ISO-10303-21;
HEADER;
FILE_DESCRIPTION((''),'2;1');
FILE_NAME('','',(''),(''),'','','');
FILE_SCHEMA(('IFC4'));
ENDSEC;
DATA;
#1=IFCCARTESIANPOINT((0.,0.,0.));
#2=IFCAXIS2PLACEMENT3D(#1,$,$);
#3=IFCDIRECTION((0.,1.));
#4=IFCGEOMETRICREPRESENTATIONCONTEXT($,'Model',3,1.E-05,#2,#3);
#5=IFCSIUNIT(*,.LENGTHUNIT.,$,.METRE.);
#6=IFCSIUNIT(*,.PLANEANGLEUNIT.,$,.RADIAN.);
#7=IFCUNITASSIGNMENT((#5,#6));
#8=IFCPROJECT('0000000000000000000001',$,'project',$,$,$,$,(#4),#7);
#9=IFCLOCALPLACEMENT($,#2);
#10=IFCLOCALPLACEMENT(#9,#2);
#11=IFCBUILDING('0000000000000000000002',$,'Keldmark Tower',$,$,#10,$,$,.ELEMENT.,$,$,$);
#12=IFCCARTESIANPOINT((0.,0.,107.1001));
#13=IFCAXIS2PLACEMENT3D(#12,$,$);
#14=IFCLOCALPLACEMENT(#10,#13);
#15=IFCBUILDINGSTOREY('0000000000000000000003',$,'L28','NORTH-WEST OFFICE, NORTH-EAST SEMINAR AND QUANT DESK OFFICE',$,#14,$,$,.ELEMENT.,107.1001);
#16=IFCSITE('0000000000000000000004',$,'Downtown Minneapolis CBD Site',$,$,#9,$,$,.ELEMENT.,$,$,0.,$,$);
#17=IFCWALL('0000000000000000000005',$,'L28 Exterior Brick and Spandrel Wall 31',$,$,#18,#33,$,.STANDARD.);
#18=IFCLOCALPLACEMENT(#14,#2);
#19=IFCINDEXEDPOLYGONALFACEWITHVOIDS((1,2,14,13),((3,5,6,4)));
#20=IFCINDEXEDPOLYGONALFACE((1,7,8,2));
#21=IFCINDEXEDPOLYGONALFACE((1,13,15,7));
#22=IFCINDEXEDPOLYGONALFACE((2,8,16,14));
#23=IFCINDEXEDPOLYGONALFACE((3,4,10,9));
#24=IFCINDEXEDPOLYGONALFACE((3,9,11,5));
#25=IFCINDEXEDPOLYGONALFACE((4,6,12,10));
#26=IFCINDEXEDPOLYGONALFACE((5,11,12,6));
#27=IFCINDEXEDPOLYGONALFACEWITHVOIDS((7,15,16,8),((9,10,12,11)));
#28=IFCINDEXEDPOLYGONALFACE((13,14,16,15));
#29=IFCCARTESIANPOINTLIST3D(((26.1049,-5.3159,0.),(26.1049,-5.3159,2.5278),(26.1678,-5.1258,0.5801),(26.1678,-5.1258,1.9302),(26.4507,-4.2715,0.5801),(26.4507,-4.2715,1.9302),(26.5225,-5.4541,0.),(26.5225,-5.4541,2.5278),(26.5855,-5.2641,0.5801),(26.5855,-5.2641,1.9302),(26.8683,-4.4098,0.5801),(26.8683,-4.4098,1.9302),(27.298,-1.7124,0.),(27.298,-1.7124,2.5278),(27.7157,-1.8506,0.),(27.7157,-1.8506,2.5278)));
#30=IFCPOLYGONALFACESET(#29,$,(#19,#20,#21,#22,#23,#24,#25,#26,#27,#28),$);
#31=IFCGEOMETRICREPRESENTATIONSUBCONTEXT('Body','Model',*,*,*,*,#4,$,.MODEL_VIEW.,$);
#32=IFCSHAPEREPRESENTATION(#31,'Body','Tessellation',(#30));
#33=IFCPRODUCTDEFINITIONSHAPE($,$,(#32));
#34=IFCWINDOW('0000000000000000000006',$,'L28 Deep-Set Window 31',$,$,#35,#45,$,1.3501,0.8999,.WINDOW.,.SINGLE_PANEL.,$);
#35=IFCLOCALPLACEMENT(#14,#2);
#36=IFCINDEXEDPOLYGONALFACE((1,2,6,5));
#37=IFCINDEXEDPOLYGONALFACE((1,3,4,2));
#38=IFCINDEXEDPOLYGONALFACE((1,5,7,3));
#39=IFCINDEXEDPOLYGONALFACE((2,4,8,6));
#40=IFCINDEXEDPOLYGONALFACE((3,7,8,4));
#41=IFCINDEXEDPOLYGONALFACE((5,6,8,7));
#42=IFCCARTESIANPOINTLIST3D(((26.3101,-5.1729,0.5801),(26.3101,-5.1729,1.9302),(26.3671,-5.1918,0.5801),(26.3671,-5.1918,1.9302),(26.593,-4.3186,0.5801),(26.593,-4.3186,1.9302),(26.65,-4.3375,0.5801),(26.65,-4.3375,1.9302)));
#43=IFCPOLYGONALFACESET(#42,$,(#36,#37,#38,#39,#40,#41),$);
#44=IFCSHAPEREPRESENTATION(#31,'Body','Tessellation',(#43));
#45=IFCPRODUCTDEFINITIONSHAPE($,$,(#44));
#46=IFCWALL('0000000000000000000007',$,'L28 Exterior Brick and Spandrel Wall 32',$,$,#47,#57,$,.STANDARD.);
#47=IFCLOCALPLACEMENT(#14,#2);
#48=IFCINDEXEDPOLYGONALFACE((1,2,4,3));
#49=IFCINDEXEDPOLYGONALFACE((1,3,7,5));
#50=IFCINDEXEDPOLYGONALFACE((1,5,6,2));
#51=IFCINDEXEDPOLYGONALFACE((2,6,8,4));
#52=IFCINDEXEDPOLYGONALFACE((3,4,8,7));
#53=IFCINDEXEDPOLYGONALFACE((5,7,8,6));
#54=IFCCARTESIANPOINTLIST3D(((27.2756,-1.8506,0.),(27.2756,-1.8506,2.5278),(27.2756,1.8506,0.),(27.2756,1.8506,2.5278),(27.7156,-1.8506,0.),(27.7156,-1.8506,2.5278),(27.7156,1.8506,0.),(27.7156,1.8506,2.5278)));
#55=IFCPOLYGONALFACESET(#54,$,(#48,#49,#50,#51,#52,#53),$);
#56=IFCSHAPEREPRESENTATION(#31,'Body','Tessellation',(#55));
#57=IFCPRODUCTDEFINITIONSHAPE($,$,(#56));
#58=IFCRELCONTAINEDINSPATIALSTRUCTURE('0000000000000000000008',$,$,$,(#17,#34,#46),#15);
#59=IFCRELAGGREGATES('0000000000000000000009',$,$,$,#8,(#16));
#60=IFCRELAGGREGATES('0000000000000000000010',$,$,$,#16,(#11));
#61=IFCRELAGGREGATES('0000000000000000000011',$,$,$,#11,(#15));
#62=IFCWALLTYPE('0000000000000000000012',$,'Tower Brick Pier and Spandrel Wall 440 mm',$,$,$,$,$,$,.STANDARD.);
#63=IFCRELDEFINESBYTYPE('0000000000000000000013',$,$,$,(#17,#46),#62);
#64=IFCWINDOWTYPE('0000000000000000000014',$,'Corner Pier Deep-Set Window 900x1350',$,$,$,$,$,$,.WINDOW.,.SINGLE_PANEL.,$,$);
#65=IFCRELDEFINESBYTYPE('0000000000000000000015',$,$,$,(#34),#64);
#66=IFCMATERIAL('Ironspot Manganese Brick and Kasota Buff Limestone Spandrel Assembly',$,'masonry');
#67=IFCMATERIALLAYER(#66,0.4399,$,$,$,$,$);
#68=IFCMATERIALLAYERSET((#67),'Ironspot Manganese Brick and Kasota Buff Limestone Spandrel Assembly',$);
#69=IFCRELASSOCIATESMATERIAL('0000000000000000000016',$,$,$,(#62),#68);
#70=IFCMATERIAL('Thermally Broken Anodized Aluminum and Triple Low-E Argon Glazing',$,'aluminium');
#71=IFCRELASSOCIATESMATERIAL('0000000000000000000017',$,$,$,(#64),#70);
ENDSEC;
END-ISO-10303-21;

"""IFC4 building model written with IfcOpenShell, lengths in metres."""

from ifc_helpers import new_model, si_unit, direction, frame, frame_2d, origin, place, context, subcontext, project, spatial, rectangle, extrude, material, layer, layer_set, type_object, element, fill, save


model = new_model("IFC4")

# Units and contexts
model_context = context("Model", 3, precision=1e-05, world=origin(), true_north=direction((0.0, 1.0)))
body_context = subcontext(model_context, "Body", "Model", "MODEL_VIEW")
ifc_project = project(units=[si_unit("LENGTHUNIT", "METRE"), si_unit("PLANEANGLEUNIT", "RADIAN")], contexts=[model_context])

# Site, building, storey
site_placement = place(None, origin())
site = spatial("IfcSite", under=ifc_project, at=site_placement, Name="Downtown Minneapolis CBD Site", CompositionType="ELEMENT", RefElevation=0.0)
building_placement = place(site_placement, origin())
building = spatial("IfcBuilding", under=site, at=building_placement, Name="Keldmark Tower", CompositionType="ELEMENT")
storey_placement = place(building_placement, frame((0.0, 0.0, 107.1001)))
storey = spatial("IfcBuildingStorey", under=building, at=storey_placement, Name="L28", Description="NORTH-WEST OFFICE, NORTH-EAST SEMINAR AND QUANT DESK OFFICE", CompositionType="ELEMENT", Elevation=107.1001)

# Wall, opening, window
ifc_material_1 = material(Name="Ironspot Manganese Brick and Kasota Buff Limestone Spandrel Assembly", Category="masonry")
ifc_layer_1 = layer(ifc_material_1, 0.4399)
ifc_layer_set_1 = layer_set([ifc_layer_1], Name="Ironspot Manganese Brick and Kasota Buff Limestone Spandrel Assembly")
wall_type_1 = type_object("IfcWallType", Name="Tower Brick Pier and Spandrel Wall 440 mm", PredefinedType="STANDARD", material=ifc_layer_set_1)
ifc_material_2 = material(Name="Thermally Broken Anodized Aluminum and Triple Low-E Argon Glazing", Category="aluminium")
window_type = type_object("IfcWindowType", Name="Corner Pier Deep-Set Window 900x1350", PartitioningType="SINGLE_PANEL", PredefinedType="WINDOW", material=ifc_material_2)
wall_1_placement = place(storey_placement, frame((27.5068, -1.7815, 0.0), z_axis=(0.0, 0.0, 1.0), x_axis=(-0.314317, -0.949318, 0.0)))
wall_1 = element("IfcWall", 1, at=wall_1_placement, inside=storey, type_object=wall_type_1, Name="L28 Exterior Brick and Spandrel Wall 31", PredefinedType="STANDARD", context=body_context, shape_type="SweptSolid", body=[
    extrude(rectangle(XDim=3.7959, YDim=0.4399, at=frame_2d((1.8979, 0.0))), origin(), (0.0, 0.0, 1.0), 2.5278),
])
opening_1_placement = place(wall_1_placement, frame((2.6958, 0.0, 0.5801)))
opening_1 = element("IfcOpeningElement", 2, at=opening_1_placement, cuts=wall_1, PredefinedType="OPENING", context=body_context, shape_type="SweptSolid", body=[
    extrude(rectangle(XDim=0.8999, YDim=1.3501, at=frame_2d((0.45, 0.675))), frame((0.0, 0.23, 0.0), z_axis=(0.0, -1.0, 0.0), x_axis=(1.0, 0.0, 0.0)), (0.0, 0.0, 1.0), 0.46),
])
window_1_placement = place(opening_1_placement, origin())
window_1 = element("IfcWindow", 3, at=window_1_placement, inside=storey, type_object=window_type, Name="L28 Deep-Set Window 31", OverallHeight=1.3501, OverallWidth=0.8999, PartitioningType="SINGLE_PANEL", PredefinedType="WINDOW", context=body_context, shape_type="SweptSolid", body=[
    extrude(rectangle(XDim=0.8999, YDim=1.3501, at=frame_2d((0.45, 0.675))), frame((0.0, -0.01, 0.0), z_axis=(0.0, -1.0, 0.0), x_axis=(1.0, 0.0, 0.0)), (0.0, 0.0, 1.0), 0.0601),
])
fill(opening_1, window_1)

# Wall
wall_2_placement = place(storey_placement, frame((27.4956, 1.8506, 0.0), z_axis=(0.0, 0.0, 1.0), x_axis=(0.0, -1.0, 0.0)))
element("IfcWall", 4, at=wall_2_placement, inside=storey, type_object=wall_type_1, Name="L28 Exterior Brick and Spandrel Wall 32", PredefinedType="STANDARD", context=body_context, shape_type="SweptSolid", body=[
    extrude(rectangle(XDim=3.7012, YDim=0.4399, at=frame_2d((1.8506, 0.0))), origin(), (0.0, 0.0, 1.0), 2.5278),
])

save(model, "model.ifc")
